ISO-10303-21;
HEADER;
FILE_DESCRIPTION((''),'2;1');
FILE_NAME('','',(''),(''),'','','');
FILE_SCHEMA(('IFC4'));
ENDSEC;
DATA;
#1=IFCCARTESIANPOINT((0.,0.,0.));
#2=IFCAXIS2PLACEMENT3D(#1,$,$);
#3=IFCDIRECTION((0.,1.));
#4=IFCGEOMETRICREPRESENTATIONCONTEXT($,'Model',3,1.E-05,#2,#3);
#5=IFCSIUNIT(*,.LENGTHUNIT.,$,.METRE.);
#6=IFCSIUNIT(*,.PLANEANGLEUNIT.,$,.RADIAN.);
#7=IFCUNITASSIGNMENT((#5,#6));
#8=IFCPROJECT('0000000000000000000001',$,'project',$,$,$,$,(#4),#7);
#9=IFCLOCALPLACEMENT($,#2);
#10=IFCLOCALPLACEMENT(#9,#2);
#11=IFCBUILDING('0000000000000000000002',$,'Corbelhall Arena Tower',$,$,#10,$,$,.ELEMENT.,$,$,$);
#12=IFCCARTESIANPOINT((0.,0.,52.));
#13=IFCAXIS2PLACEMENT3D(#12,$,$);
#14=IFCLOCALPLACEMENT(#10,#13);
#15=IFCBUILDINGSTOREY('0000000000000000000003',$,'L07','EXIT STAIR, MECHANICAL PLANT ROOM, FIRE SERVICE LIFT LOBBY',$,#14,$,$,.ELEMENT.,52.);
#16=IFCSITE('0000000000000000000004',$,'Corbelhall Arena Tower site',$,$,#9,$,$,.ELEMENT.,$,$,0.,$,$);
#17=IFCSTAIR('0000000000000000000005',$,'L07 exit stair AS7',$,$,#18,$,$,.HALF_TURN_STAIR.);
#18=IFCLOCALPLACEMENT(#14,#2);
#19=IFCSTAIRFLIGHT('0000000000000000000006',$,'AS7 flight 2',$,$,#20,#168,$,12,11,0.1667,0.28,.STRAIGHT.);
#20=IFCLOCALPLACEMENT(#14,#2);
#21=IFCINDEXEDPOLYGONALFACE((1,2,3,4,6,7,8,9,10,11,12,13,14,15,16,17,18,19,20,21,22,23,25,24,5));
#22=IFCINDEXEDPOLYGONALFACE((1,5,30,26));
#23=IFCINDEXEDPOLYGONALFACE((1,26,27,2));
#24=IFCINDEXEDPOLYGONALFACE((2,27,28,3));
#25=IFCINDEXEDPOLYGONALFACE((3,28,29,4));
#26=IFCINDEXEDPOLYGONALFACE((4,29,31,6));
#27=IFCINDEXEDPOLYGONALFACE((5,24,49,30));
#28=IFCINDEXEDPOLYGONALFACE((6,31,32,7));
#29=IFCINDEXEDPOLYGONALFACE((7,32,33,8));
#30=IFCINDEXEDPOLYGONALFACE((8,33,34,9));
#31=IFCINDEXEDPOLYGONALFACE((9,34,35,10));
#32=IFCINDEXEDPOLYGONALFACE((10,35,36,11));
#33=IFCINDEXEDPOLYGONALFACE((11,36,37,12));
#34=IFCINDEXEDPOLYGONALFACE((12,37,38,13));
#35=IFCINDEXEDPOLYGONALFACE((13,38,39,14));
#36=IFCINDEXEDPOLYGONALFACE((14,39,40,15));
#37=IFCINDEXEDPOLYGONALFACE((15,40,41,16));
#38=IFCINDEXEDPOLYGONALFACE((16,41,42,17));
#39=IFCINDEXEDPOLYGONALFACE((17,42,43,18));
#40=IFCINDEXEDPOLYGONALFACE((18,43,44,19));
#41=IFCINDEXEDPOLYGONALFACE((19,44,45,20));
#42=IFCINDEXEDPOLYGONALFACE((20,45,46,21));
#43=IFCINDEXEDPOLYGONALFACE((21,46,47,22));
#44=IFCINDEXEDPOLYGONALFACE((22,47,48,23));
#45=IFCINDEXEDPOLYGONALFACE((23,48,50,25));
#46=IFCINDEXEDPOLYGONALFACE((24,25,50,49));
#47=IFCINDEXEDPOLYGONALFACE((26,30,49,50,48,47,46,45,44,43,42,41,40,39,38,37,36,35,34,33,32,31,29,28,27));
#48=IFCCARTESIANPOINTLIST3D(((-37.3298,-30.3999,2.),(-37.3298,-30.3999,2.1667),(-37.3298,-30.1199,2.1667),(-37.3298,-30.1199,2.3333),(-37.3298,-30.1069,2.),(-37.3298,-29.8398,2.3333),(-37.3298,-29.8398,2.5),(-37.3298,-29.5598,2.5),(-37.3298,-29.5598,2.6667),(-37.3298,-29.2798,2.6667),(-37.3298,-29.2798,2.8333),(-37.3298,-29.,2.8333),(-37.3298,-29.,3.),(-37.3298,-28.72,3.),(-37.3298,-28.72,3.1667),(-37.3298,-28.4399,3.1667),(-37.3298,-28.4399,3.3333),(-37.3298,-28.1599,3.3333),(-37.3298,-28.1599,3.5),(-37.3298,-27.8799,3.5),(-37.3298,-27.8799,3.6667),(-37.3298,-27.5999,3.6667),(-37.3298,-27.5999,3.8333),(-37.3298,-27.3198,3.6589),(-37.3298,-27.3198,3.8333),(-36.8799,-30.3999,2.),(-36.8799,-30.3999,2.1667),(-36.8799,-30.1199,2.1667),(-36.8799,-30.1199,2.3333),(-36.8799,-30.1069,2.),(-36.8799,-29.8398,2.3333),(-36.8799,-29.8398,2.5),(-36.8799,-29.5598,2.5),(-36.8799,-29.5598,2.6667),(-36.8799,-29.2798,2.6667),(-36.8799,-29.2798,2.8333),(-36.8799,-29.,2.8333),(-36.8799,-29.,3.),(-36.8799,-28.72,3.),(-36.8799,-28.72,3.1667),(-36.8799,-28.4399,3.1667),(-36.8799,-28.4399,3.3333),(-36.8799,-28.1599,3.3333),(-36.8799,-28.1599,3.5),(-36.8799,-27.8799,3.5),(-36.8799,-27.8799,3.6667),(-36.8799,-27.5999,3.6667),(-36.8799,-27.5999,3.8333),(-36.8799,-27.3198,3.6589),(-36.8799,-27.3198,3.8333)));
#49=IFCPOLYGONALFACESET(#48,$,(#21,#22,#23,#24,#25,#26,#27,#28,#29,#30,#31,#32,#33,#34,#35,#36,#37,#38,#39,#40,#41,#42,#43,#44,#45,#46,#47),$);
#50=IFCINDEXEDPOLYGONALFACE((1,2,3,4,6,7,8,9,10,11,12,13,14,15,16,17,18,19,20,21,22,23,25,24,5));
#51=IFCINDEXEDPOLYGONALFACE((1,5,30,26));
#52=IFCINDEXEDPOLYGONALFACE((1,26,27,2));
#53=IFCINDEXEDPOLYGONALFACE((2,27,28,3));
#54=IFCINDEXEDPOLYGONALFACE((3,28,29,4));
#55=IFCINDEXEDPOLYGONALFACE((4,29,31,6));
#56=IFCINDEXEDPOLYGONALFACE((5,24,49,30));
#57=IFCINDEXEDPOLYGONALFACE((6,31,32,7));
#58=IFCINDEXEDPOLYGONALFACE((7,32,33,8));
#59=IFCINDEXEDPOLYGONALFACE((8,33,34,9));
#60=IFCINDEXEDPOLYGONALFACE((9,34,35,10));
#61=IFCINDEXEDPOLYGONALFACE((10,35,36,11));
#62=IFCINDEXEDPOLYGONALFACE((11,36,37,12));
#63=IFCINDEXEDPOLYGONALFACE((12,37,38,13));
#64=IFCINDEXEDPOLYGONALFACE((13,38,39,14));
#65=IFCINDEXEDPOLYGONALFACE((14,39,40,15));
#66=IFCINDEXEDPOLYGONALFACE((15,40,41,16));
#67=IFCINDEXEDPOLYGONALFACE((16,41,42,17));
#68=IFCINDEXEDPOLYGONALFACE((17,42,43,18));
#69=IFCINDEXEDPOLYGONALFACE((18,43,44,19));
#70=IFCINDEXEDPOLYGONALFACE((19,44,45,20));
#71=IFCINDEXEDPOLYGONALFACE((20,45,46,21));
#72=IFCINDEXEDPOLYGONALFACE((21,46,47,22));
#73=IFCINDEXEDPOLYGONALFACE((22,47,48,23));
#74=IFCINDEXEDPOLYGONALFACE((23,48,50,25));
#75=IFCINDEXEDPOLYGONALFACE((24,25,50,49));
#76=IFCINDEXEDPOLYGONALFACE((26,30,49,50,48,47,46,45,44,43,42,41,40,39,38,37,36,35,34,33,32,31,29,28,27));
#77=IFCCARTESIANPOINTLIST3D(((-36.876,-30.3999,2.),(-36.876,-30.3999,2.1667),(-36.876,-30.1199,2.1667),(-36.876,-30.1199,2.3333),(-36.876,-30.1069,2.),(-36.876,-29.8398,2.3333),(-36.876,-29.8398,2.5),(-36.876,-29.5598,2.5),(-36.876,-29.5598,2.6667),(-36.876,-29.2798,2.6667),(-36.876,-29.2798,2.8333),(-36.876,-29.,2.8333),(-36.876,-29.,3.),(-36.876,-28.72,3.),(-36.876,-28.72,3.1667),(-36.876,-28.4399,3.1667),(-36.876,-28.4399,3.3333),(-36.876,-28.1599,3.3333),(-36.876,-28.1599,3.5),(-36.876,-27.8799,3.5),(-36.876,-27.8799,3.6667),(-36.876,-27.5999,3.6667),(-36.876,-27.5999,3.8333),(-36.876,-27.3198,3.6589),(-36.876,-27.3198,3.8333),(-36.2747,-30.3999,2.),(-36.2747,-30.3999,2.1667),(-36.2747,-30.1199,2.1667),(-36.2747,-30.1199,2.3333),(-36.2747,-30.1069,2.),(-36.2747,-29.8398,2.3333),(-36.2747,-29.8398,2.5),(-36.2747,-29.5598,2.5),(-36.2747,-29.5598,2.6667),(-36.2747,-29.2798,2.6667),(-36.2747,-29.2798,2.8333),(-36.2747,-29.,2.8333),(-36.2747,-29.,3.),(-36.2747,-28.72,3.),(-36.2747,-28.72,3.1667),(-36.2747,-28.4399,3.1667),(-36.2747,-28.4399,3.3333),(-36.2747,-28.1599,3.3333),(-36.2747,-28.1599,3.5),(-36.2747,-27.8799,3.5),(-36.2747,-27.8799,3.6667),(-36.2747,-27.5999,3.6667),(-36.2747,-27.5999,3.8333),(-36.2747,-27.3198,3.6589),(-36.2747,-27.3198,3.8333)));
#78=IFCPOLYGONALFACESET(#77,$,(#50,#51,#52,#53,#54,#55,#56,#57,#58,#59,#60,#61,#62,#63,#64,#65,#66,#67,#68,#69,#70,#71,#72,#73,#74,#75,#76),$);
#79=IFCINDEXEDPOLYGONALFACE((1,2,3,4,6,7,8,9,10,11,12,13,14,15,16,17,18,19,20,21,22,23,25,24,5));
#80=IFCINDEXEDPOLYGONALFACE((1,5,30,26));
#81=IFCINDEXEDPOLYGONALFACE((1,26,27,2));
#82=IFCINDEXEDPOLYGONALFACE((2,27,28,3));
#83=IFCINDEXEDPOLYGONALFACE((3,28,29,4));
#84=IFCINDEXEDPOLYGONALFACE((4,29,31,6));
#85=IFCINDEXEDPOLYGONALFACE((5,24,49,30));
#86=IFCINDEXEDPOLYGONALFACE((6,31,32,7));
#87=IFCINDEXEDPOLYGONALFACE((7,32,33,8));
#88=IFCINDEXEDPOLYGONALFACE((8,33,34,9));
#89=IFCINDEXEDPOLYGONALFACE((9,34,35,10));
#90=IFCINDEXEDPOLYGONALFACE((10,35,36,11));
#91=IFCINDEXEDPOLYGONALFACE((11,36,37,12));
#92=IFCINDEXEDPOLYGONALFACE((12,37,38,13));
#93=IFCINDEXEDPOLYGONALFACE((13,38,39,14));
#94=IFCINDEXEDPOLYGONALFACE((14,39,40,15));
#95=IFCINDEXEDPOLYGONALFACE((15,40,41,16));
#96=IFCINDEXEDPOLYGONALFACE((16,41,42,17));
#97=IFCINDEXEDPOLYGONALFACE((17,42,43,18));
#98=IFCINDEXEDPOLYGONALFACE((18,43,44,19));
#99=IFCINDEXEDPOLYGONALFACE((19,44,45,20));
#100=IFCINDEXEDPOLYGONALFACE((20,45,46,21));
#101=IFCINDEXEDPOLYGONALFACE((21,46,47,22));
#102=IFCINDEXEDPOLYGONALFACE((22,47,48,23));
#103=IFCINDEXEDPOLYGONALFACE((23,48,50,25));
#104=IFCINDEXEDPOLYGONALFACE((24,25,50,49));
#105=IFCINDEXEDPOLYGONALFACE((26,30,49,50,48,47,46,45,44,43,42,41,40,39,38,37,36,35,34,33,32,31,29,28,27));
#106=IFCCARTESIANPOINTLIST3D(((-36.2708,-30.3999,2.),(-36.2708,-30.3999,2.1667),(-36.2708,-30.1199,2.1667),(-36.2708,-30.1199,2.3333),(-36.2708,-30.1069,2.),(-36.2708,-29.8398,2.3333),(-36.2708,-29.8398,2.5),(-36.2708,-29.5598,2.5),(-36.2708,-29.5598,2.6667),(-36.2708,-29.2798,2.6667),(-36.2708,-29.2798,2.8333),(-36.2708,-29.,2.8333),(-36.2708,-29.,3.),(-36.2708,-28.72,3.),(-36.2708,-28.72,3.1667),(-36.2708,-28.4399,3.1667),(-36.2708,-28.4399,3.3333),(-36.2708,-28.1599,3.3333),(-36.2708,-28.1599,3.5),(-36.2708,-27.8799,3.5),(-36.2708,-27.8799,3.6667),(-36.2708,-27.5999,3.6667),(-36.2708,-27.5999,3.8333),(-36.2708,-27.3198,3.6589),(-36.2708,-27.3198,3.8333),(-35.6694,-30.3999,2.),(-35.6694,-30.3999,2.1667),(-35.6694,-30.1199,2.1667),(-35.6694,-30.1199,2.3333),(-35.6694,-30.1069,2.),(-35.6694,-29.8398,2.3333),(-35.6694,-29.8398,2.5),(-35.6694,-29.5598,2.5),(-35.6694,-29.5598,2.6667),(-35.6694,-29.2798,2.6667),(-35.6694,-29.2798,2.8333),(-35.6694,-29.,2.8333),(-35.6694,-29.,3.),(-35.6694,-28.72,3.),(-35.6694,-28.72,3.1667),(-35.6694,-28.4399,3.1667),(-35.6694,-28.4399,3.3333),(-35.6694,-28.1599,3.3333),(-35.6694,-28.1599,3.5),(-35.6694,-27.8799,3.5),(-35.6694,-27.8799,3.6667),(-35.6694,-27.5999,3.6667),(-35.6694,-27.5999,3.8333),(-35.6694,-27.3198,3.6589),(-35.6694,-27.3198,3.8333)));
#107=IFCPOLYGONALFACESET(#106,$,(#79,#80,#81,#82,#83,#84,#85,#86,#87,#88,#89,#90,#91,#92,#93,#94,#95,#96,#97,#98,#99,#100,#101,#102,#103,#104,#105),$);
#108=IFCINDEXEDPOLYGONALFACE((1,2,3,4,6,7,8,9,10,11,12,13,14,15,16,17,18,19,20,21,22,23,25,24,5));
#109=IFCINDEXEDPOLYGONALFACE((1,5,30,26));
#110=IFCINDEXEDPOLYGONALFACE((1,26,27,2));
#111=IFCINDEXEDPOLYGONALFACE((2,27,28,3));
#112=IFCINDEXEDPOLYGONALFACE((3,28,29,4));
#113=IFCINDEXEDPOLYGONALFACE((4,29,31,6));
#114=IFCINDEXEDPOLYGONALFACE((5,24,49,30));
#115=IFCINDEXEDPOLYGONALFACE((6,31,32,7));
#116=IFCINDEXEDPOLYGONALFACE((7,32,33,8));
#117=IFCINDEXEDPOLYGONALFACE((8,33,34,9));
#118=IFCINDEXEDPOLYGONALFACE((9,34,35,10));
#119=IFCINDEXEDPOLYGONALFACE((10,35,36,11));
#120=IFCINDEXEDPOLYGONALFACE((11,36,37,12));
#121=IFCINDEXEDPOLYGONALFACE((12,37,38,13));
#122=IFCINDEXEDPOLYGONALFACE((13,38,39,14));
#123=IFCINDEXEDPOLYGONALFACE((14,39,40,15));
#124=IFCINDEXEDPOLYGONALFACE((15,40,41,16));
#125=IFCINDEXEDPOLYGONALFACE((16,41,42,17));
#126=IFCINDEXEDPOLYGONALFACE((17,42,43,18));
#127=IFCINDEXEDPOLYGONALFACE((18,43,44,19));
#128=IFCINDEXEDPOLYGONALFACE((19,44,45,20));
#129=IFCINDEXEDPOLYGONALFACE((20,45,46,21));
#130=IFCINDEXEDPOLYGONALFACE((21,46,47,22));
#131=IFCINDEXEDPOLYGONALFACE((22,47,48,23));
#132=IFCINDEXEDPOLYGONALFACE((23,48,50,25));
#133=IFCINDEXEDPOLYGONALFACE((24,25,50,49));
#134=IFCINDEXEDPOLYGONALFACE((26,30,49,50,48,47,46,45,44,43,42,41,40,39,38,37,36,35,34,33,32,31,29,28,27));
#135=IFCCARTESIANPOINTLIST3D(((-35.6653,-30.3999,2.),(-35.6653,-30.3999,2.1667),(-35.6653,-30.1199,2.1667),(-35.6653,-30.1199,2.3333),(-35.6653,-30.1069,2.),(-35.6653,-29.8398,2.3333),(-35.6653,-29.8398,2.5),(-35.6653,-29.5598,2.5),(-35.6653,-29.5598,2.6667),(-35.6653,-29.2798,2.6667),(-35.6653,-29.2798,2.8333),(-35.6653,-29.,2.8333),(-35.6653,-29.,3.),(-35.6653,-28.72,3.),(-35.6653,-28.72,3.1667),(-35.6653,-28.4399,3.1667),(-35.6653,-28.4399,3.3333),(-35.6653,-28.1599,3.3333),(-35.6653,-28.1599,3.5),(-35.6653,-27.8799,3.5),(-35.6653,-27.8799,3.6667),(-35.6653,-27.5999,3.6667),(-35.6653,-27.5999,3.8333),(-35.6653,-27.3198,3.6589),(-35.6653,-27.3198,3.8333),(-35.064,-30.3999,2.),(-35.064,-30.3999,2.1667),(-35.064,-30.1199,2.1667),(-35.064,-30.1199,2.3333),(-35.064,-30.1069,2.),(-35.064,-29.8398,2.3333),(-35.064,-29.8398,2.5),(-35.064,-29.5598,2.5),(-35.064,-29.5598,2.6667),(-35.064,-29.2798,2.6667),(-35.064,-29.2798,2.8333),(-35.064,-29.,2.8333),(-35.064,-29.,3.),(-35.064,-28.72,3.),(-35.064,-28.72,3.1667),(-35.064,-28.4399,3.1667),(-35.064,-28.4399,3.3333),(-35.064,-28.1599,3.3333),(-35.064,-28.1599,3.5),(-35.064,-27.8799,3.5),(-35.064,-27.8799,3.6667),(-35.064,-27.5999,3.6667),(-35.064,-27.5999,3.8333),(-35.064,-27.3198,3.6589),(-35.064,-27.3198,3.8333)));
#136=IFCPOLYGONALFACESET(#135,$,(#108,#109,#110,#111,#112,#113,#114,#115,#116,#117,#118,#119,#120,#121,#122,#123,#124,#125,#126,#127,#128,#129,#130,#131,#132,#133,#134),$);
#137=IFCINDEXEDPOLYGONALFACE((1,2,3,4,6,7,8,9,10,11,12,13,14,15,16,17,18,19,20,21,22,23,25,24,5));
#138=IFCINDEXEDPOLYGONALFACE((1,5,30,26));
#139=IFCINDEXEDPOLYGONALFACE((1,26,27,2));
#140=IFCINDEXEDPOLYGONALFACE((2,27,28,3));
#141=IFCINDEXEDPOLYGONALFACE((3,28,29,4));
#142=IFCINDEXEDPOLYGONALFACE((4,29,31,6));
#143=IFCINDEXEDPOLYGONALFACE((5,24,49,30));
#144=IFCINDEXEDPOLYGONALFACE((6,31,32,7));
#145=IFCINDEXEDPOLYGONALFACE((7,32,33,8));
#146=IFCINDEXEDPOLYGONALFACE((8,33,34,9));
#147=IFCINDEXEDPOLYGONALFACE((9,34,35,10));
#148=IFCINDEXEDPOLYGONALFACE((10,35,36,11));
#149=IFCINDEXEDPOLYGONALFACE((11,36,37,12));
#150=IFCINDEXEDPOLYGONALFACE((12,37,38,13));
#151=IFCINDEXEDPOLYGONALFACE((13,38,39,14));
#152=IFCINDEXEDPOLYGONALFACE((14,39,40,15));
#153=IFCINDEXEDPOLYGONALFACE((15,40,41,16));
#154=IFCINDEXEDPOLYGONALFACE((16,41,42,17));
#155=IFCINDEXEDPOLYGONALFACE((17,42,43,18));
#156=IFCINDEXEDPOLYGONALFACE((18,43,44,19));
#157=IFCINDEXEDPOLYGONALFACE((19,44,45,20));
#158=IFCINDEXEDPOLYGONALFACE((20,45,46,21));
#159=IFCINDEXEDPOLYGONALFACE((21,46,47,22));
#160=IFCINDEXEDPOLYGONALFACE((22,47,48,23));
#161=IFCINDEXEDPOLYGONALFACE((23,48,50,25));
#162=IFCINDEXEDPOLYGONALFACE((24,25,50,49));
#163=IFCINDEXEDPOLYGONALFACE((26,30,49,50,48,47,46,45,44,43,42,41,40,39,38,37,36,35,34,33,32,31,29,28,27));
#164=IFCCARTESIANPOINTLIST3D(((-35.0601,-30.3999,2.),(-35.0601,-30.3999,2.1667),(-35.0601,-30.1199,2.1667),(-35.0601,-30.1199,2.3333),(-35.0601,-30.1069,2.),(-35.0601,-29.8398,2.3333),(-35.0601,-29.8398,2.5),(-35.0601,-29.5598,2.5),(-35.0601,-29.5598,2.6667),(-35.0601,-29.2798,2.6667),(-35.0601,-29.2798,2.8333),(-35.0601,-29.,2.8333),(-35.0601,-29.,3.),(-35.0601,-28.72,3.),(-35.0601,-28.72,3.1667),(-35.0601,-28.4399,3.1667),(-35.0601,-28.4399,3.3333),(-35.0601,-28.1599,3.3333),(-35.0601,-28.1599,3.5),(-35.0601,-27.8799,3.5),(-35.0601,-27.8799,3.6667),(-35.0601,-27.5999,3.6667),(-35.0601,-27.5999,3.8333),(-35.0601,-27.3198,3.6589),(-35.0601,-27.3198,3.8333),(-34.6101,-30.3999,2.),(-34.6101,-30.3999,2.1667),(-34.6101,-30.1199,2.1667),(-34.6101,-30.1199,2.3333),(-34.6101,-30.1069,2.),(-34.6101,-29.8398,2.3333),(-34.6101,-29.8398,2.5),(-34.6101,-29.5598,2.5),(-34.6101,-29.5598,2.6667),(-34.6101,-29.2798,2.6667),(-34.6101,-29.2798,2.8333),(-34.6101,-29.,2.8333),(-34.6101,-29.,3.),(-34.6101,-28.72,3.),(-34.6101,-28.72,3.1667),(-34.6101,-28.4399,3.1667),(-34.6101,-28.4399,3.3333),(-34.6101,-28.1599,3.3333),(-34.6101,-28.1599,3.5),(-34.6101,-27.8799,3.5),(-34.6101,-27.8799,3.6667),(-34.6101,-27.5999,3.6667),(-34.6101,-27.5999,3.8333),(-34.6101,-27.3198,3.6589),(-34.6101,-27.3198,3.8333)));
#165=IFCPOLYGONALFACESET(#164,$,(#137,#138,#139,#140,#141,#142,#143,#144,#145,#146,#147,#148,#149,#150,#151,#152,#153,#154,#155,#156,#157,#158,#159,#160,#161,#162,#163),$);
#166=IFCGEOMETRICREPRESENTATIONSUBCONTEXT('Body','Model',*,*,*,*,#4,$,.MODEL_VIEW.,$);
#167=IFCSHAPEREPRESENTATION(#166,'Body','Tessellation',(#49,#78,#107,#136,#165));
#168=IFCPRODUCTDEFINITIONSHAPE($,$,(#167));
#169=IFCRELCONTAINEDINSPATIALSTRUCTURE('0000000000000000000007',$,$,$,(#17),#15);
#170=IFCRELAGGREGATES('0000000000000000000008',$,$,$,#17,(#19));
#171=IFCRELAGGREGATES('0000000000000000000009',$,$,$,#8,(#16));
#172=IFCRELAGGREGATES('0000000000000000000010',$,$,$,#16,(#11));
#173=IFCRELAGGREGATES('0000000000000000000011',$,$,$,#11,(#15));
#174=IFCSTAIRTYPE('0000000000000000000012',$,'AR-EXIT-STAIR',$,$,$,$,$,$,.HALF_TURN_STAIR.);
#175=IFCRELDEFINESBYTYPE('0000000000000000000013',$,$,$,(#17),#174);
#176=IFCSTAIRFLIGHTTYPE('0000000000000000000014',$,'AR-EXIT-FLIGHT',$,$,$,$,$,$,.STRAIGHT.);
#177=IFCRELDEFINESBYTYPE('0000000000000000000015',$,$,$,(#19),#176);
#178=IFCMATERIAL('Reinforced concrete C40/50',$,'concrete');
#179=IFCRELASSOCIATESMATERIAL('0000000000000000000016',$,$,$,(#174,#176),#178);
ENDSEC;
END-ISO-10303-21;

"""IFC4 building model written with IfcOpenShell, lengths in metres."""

from ifc_helpers import new_model, si_unit, direction, frame, origin, place, context, subcontext, project, spatial, polyline, outline, extrude, material, type_object, element, aggregate, save


model = new_model("IFC4")

# Units and contexts
model_context = context("Model", 3, precision=1e-05, world=origin(), true_north=direction((0.0, 1.0)))
body_context = subcontext(model_context, "Body", "Model", "MODEL_VIEW")
ifc_project = project(units=[si_unit("LENGTHUNIT", "METRE"), si_unit("PLANEANGLEUNIT", "RADIAN")], contexts=[model_context])

# Site, building, storey
site_placement = place(None, origin())
site = spatial("IfcSite", under=ifc_project, at=site_placement, Name="Corbelhall Arena Tower site", CompositionType="ELEMENT", RefElevation=0.0)
building_placement = place(site_placement, origin())
building = spatial("IfcBuilding", under=site, at=building_placement, Name="Corbelhall Arena Tower", CompositionType="ELEMENT")
storey_placement = place(building_placement, frame((0.0, 0.0, 52.0)))
storey = spatial("IfcBuildingStorey", under=building, at=storey_placement, Name="L07", Description="EXIT STAIR, MECHANICAL PLANT ROOM, FIRE SERVICE LIFT LOBBY", CompositionType="ELEMENT", Elevation=52.0)

# Shared definitions
ifc_material_1 = material(Name="Reinforced concrete C40/50", Category="concrete")

# Stair, stair flight
stair_type = type_object("IfcStairType", Name="AR-EXIT-STAIR", PredefinedType="HALF_TURN_STAIR", material=ifc_material_1)
stair_placement = place(storey_placement, origin())
stair = element("IfcStair", 1, at=stair_placement, inside=storey, type_object=stair_type, Name="L07 exit stair AS7", PredefinedType="HALF_TURN_STAIR")
stair_flight_type = type_object("IfcStairFlightType", Name="AR-EXIT-FLIGHT", PredefinedType="STRAIGHT", material=ifc_material_1)
stair_flight_1_placement = place(storey_placement, frame((-35.97, -30.3999, 2.0), z_axis=(0.0, 0.0, 1.0), x_axis=(0.0, 1.0, 0.0)))
stair_flight_1 = element("IfcStairFlight", 2, at=stair_flight_1_placement, type_object=stair_flight_type, Name="AS7 flight 2", NumberOfRisers=12, NumberOfTreads=11, PredefinedType="STRAIGHT", RiserHeight=0.1667, TreadLength=0.28, context=body_context, shape_type="SweptSolid", body=[
    extrude(outline(polyline([(0.0, 0.0), (0.0, 0.1667), (0.28, 0.1667), (0.28, 0.3333), (0.5601, 0.3333), (0.5601, 0.5), (0.8401, 0.5), (0.8401, 0.6667), (1.1201, 0.6667), (1.1201, 0.8333), (1.3999, 0.8333), (1.3999, 1.0), (1.6799, 1.0), (1.6799, 1.1667), (1.96, 1.1667), (1.96, 1.3333), (2.24, 1.3333), (2.24, 1.5), (2.52, 1.5), (2.52, 1.6667), (2.8, 1.6667), (2.8, 1.8333), (3.0801, 1.8333), (3.0801, 2.0), (3.0801, 1.6589), (0.293, 0.0), (0.0, 0.0)])), frame((0.0, 1.3599, 0.0), z_axis=(0.0, -1.0, 0.0), x_axis=(1.0, 0.0, 0.0)), (0.0, 0.0, 1.0), 0.45),
    extrude(outline(polyline([(0.0, 0.0), (0.0, 0.1667), (0.28, 0.1667), (0.28, 0.3333), (0.5601, 0.3333), (0.5601, 0.5), (0.8401, 0.5), (0.8401, 0.6667), (1.1201, 0.6667), (1.1201, 0.8333), (1.3999, 0.8333), (1.3999, 1.0), (1.6799, 1.0), (1.6799, 1.1667), (1.96, 1.1667), (1.96, 1.3333), (2.24, 1.3333), (2.24, 1.5), (2.52, 1.5), (2.52, 1.6667), (2.8, 1.6667), (2.8, 1.8333), (3.0801, 1.8333), (3.0801, 2.0), (3.0801, 1.6589), (0.293, 0.0), (0.0, 0.0)])), frame((0.0, 0.906, 0.0), z_axis=(0.0, -1.0, 0.0), x_axis=(1.0, 0.0, 0.0)), (0.0, 0.0, 1.0), 0.6013),
    extrude(outline(polyline([(0.0, 0.0), (0.0, 0.1667), (0.28, 0.1667), (0.28, 0.3333), (0.5601, 0.3333), (0.5601, 0.5), (0.8401, 0.5), (0.8401, 0.6667), (1.1201, 0.6667), (1.1201, 0.8333), (1.3999, 0.8333), (1.3999, 1.0), (1.6799, 1.0), (1.6799, 1.1667), (1.96, 1.1667), (1.96, 1.3333), (2.24, 1.3333), (2.24, 1.5), (2.52, 1.5), (2.52, 1.6667), (2.8, 1.6667), (2.8, 1.8333), (3.0801, 1.8333), (3.0801, 2.0), (3.0801, 1.6589), (0.293, 0.0), (0.0, 0.0)])), frame((0.0, 0.3008, 0.0), z_axis=(0.0, -1.0, 0.0), x_axis=(1.0, 0.0, 0.0)), (0.0, 0.0, 1.0), 0.6013),
    extrude(outline(polyline([(0.0, 0.0), (0.0, 0.1667), (0.28, 0.1667), (0.28, 0.3333), (0.5601, 0.3333), (0.5601, 0.5), (0.8401, 0.5), (0.8401, 0.6667), (1.1201, 0.6667), (1.1201, 0.8333), (1.3999, 0.8333), (1.3999, 1.0), (1.6799, 1.0), (1.6799, 1.1667), (1.96, 1.1667), (1.96, 1.3333), (2.24, 1.3333), (2.24, 1.5), (2.52, 1.5), (2.52, 1.6667), (2.8, 1.6667), (2.8, 1.8333), (3.0801, 1.8333), (3.0801, 2.0), (3.0801, 1.6589), (0.293, 0.0), (0.0, 0.0)])), frame((0.0, -0.3047, 0.0), z_axis=(0.0, -1.0, 0.0), x_axis=(1.0, 0.0, 0.0)), (0.0, 0.0, 1.0), 0.6013),
    extrude(outline(polyline([(0.0, 0.0), (0.0, 0.1667), (0.28, 0.1667), (0.28, 0.3333), (0.5601, 0.3333), (0.5601, 0.5), (0.8401, 0.5), (0.8401, 0.6667), (1.1201, 0.6667), (1.1201, 0.8333), (1.3999, 0.8333), (1.3999, 1.0), (1.6799, 1.0), (1.6799, 1.1667), (1.96, 1.1667), (1.96, 1.3333), (2.24, 1.3333), (2.24, 1.5), (2.52, 1.5), (2.52, 1.6667), (2.8, 1.6667), (2.8, 1.8333), (3.0801, 1.8333), (3.0801, 2.0), (3.0801, 1.6589), (0.293, 0.0), (0.0, 0.0)])), frame((0.0, -0.9099, 0.0), z_axis=(0.0, -1.0, 0.0), x_axis=(1.0, 0.0, 0.0)), (0.0, 0.0, 1.0), 0.45),
])
aggregate(stair, [stair_flight_1])

save(model, "model.ifc")
